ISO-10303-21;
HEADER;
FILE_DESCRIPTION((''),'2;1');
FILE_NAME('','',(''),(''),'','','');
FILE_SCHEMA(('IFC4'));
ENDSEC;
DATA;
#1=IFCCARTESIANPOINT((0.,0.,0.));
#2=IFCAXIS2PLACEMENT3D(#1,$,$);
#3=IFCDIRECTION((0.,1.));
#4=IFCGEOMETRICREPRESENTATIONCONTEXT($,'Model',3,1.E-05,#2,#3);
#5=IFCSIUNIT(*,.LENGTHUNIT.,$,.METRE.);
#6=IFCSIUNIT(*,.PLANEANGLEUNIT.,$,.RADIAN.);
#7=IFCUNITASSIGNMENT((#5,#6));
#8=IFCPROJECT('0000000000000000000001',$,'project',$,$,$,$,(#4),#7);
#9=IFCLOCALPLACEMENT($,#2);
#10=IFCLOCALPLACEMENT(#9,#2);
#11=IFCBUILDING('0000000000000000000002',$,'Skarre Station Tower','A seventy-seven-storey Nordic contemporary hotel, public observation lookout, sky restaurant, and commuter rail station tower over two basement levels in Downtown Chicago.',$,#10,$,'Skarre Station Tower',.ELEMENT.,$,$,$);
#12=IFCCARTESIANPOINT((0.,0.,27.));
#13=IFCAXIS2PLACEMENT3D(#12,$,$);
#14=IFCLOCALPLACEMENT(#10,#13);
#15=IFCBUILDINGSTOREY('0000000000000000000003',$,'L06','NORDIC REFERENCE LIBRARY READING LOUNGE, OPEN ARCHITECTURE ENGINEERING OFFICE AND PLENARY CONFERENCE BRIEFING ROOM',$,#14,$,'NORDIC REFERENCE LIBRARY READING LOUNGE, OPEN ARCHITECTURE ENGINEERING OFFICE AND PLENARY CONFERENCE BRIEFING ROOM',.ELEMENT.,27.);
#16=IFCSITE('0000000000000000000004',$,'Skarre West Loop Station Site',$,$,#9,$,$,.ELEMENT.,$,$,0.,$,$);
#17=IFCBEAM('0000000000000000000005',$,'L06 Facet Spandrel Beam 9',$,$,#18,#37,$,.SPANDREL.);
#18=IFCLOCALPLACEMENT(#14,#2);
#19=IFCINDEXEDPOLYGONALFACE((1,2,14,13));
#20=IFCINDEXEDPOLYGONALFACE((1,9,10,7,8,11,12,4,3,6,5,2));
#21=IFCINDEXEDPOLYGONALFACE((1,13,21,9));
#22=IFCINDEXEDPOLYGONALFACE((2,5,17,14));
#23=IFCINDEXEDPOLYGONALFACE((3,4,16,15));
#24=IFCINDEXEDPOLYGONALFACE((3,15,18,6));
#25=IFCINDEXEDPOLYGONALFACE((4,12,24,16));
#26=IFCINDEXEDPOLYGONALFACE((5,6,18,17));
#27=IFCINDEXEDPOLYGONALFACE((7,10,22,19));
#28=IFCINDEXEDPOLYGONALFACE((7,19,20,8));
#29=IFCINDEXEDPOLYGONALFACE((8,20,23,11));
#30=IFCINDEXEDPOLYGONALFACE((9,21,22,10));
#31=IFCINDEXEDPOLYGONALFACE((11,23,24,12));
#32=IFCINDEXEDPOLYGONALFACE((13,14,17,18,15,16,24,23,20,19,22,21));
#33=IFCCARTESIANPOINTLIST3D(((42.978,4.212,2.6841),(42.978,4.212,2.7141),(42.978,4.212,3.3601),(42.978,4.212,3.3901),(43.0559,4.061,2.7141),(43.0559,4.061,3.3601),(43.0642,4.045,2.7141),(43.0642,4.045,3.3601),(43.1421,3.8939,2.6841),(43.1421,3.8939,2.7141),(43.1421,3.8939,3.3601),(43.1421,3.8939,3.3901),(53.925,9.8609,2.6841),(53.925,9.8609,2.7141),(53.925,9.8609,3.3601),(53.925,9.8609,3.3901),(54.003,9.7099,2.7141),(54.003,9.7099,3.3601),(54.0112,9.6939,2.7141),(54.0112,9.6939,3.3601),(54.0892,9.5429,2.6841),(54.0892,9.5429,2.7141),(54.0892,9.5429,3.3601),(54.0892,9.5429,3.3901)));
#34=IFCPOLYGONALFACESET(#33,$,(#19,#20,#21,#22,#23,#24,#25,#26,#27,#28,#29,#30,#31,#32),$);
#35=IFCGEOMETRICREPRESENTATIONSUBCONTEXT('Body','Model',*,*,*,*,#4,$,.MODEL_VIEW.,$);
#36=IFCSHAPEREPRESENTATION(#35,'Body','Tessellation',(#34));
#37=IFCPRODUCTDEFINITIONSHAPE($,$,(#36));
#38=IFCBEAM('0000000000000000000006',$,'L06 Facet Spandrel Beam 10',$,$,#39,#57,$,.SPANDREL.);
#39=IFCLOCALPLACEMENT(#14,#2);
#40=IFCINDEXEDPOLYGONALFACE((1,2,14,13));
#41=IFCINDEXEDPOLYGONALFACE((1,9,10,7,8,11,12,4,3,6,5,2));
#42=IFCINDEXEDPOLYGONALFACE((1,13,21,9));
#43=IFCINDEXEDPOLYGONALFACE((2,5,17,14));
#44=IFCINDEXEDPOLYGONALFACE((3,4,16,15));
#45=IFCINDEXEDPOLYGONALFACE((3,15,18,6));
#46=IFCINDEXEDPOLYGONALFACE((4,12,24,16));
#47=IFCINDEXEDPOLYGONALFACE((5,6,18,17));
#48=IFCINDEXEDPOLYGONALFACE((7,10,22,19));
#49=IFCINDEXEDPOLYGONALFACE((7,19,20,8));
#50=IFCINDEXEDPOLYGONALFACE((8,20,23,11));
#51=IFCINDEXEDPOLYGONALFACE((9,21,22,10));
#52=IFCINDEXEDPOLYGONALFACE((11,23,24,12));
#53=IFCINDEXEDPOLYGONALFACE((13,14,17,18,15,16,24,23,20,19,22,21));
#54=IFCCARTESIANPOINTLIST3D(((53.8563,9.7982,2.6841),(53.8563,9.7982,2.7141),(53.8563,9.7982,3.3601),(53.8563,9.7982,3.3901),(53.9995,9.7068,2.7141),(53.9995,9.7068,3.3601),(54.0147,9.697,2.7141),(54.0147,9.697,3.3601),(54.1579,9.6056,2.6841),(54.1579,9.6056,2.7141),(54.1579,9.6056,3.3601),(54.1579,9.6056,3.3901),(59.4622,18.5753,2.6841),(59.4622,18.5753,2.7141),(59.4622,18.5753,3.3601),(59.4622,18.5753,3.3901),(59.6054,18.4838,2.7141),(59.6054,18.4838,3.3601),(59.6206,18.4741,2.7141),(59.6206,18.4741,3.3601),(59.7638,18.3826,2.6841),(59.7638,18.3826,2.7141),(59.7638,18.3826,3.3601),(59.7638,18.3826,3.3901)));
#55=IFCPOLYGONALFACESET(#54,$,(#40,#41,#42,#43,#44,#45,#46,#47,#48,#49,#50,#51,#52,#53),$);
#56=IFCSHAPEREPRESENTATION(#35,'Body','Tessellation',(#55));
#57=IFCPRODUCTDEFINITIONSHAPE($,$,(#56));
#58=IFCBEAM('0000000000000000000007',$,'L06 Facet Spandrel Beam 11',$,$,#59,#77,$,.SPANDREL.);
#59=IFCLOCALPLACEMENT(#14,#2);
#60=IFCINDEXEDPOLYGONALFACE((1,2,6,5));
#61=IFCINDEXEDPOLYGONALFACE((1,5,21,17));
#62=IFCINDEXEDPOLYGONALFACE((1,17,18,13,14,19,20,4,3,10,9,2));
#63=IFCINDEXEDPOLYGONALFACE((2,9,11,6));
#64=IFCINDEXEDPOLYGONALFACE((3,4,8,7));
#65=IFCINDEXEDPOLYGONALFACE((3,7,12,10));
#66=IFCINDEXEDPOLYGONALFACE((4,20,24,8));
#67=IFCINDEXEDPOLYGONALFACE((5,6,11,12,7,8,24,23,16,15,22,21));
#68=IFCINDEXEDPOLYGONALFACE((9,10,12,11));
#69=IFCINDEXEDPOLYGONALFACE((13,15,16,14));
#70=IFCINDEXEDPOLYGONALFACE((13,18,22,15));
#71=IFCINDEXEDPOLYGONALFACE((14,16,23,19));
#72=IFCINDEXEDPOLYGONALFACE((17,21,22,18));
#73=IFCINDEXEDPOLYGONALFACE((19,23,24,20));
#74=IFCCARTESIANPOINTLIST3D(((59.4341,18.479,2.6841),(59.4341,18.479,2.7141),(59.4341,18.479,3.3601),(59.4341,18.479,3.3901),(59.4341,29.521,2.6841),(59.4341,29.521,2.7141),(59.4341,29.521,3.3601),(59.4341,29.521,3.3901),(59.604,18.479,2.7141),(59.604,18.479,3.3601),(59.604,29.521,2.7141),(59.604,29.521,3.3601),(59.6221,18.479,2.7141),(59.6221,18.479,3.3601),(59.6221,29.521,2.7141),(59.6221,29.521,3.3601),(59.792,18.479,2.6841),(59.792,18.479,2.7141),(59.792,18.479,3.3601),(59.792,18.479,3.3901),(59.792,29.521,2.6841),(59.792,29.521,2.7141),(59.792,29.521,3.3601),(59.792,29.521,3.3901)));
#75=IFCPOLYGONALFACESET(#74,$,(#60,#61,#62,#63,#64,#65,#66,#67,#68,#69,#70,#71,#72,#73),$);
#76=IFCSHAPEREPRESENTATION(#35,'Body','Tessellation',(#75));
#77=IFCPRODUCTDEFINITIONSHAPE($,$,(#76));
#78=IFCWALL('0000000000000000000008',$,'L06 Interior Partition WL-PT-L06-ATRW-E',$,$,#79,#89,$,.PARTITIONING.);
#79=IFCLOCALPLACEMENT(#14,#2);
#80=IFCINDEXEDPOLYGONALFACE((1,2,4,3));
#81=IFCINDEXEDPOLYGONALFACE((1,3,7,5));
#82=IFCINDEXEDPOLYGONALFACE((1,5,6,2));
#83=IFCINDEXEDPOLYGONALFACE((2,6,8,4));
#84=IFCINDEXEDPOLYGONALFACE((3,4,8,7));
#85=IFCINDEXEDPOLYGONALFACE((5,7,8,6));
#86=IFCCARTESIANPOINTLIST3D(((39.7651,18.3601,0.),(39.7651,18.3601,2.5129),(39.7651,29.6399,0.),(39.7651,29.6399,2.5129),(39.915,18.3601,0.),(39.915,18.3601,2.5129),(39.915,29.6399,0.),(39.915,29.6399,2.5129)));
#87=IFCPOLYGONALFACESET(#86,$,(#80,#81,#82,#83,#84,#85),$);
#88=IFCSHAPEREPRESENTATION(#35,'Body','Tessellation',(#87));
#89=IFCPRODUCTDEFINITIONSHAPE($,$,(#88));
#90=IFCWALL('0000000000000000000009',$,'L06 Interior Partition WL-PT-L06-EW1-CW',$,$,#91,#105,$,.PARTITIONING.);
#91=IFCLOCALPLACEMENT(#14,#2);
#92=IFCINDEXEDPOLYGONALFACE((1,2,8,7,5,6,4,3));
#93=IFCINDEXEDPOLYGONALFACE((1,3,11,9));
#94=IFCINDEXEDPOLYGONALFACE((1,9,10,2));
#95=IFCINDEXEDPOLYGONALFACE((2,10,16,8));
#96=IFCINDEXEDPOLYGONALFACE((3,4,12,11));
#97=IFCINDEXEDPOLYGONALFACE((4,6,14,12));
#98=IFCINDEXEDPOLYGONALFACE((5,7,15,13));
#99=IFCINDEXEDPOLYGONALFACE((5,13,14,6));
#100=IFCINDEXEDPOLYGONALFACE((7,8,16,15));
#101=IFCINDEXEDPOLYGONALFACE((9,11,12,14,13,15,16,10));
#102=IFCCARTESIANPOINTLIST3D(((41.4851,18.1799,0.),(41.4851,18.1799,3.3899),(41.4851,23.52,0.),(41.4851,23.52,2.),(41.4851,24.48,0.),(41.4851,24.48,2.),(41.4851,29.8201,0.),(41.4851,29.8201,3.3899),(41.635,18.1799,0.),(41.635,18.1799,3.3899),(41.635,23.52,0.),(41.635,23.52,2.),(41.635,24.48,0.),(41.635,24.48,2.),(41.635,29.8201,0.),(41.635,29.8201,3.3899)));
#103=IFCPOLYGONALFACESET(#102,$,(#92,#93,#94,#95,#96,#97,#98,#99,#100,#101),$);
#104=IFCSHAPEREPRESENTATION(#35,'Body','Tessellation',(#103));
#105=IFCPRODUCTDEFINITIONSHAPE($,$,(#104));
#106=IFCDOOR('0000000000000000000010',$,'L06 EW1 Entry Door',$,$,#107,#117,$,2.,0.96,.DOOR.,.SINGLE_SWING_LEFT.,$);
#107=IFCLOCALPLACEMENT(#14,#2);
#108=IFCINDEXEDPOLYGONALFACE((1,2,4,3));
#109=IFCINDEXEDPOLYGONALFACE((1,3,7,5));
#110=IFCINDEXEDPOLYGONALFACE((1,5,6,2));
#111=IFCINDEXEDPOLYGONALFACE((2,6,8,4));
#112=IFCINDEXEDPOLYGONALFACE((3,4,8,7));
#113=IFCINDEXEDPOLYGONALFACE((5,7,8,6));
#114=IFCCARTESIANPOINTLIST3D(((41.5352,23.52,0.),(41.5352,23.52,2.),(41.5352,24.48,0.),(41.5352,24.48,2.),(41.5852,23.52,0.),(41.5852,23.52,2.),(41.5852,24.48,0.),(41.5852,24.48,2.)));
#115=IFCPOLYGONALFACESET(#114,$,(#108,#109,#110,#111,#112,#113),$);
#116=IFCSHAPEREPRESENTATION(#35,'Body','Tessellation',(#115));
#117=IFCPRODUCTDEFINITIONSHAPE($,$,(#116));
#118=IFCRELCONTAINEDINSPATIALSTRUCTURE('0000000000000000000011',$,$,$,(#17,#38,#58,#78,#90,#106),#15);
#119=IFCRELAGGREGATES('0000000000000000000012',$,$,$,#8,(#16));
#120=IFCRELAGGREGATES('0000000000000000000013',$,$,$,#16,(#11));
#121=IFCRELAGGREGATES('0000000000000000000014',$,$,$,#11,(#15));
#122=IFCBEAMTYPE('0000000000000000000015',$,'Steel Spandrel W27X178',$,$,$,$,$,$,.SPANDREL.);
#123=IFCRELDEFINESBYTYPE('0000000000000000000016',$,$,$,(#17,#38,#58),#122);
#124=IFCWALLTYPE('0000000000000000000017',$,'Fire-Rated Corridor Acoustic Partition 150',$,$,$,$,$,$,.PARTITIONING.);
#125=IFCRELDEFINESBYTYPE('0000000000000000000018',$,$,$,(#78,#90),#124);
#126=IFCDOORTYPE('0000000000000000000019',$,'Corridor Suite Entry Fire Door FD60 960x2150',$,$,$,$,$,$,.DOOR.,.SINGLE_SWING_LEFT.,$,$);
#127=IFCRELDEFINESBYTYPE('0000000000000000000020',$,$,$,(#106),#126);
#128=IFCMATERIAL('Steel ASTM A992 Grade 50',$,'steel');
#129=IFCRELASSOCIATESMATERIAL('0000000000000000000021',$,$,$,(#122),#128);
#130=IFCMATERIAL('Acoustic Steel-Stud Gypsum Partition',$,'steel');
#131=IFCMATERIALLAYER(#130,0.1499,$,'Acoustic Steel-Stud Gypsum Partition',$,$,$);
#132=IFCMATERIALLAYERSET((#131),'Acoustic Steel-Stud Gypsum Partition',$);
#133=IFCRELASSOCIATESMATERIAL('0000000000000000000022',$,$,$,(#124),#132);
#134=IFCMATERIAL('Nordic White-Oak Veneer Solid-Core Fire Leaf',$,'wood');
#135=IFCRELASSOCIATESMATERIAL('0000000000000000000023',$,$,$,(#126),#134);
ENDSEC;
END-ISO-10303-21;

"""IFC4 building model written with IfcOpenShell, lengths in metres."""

from ifc_helpers import new_model, si_unit, direction, frame, frame_2d, origin, origin_2d, place, context, subcontext, project, spatial, rectangle, i_section, extrude, material, layer, layer_set, material_profile, profile_set, type_object, element, fill, save


model = new_model("IFC4")

# Units and contexts
model_context = context("Model", 3, precision=1e-05, world=origin(), true_north=direction((0.0, 1.0)))
body_context = subcontext(model_context, "Body", "Model", "MODEL_VIEW")
ifc_project = project(units=[si_unit("LENGTHUNIT", "METRE"), si_unit("PLANEANGLEUNIT", "RADIAN")], contexts=[model_context])

# Site, building, storey
site_placement = place(None, origin())
site = spatial("IfcSite", under=ifc_project, at=site_placement, Name="Skarre West Loop Station Site", CompositionType="ELEMENT", RefElevation=0.0)
building_placement = place(site_placement, origin())
building = spatial("IfcBuilding", under=site, at=building_placement, Name="Skarre Station Tower", Description="A seventy-seven-storey Nordic contemporary hotel, public observation lookout, sky restaurant, and commuter rail station tower over two basement levels in Downtown Chicago.", LongName="Skarre Station Tower", CompositionType="ELEMENT")
storey_placement = place(building_placement, frame((0.0, 0.0, 27.0)))
storey = spatial("IfcBuildingStorey", under=building, at=storey_placement, Name="L06", Description="NORDIC REFERENCE LIBRARY READING LOUNGE, OPEN ARCHITECTURE ENGINEERING OFFICE AND PLENARY CONFERENCE BRIEFING ROOM", LongName="NORDIC REFERENCE LIBRARY READING LOUNGE, OPEN ARCHITECTURE ENGINEERING OFFICE AND PLENARY CONFERENCE BRIEFING ROOM", CompositionType="ELEMENT", Elevation=27.0)

# Beams
ifc_material_1 = material(Name="Steel ASTM A992 Grade 50", Category="steel")
ifc_material_profile_1 = material_profile(ifc_material_1, i_section(OverallWidth=0.3579, OverallDepth=0.7061, WebThickness=0.0181, FlangeThickness=0.03, at=origin_2d()), Name="Steel ASTM A992 Grade 50")
ifc_profile_set_1 = profile_set([ifc_material_profile_1], Name="Steel ASTM A992 Grade 50")
beam_type_1 = type_object("IfcBeamType", Name="Steel Spandrel W27X178", PredefinedType="SPANDREL", material=ifc_profile_set_1)
beam_1_placement = place(storey_placement, frame((43.0601, 4.053, 3.0371), z_axis=(0.888659, 0.458569, 0.0), x_axis=(-0.458569, 0.888659, 0.0)))
element("IfcBeam", 1, at=beam_1_placement, inside=storey, type_object=beam_type_1, Name="L06 Facet Spandrel Beam 9", PredefinedType="SPANDREL", context=body_context, shape_type="SweptSolid", body=[
    extrude(i_section(OverallWidth=0.3579, OverallDepth=0.7061, WebThickness=0.0181, FlangeThickness=0.03, at=origin_2d()), origin(), (0.0, 0.0, 1.0), 12.3186),
])
beam_2_placement = place(storey_placement, frame((54.0071, 9.7019, 3.0371), z_axis=(0.538278, 0.842767, 0.0), x_axis=(-0.842767, 0.538278, 0.0)))
element("IfcBeam", 2, at=beam_2_placement, inside=storey, type_object=beam_type_1, Name="L06 Facet Spandrel Beam 10", PredefinedType="SPANDREL", context=body_context, shape_type="SweptSolid", body=[
    extrude(i_section(OverallWidth=0.3579, OverallDepth=0.7061, WebThickness=0.0181, FlangeThickness=0.03, at=origin_2d()), origin(), (0.0, 0.0, 1.0), 10.4146),
])
beam_3_placement = place(storey_placement, frame((59.613, 18.479, 3.0371), z_axis=(0.0, 1.0, 0.0), x_axis=(-1.0, 0.0, 0.0)))
element("IfcBeam", 3, at=beam_3_placement, inside=storey, type_object=beam_type_1, Name="L06 Facet Spandrel Beam 11", PredefinedType="SPANDREL", context=body_context, shape_type="SweptSolid", body=[
    extrude(i_section(OverallWidth=0.3579, OverallDepth=0.7061, WebThickness=0.0181, FlangeThickness=0.03, at=origin_2d()), origin(), (0.0, 0.0, 1.0), 11.042),
])

# Wall
ifc_material_2 = material(Name="Acoustic Steel-Stud Gypsum Partition", Category="steel")
ifc_layer_1 = layer(ifc_material_2, 0.1499, Name="Acoustic Steel-Stud Gypsum Partition")
ifc_layer_set_1 = layer_set([ifc_layer_1], Name="Acoustic Steel-Stud Gypsum Partition")
wall_type_1 = type_object("IfcWallType", Name="Fire-Rated Corridor Acoustic Partition 150", PredefinedType="PARTITIONING", material=ifc_layer_set_1)
wall_1_placement = place(storey_placement, frame((39.8401, 18.3601, 0.0), z_axis=(0.0, 0.0, 1.0), x_axis=(0.0, 1.0, 0.0)))
element("IfcWall", 4, at=wall_1_placement, inside=storey, type_object=wall_type_1, Name="L06 Interior Partition WL-PT-L06-ATRW-E", PredefinedType="PARTITIONING", context=body_context, shape_type="SweptSolid", body=[
    extrude(rectangle(XDim=11.2798, YDim=0.1499, at=frame_2d((5.6399, 0.0))), origin(), (0.0, 0.0, 1.0), 2.5129),
])

# Wall, opening, door
wall_2_placement = place(storey_placement, frame((41.5601, 18.1799, 0.0), z_axis=(0.0, 0.0, 1.0), x_axis=(0.0, 1.0, 0.0)))
wall_2 = element("IfcWall", 5, at=wall_2_placement, inside=storey, type_object=wall_type_1, Name="L06 Interior Partition WL-PT-L06-EW1-CW", PredefinedType="PARTITIONING", context=body_context, shape_type="SweptSolid", body=[
    extrude(rectangle(XDim=11.6401, YDim=0.1499, at=frame_2d((5.8201, 0.0))), origin(), (0.0, 0.0, 1.0), 3.3899),
])
opening_1_placement = place(wall_2_placement, frame((5.3401, 0.0, 0.0)))
opening_1 = element("IfcOpeningElement", 6, at=opening_1_placement, cuts=wall_2, PredefinedType="OPENING", context=body_context, shape_type="SweptSolid", body=[
    extrude(rectangle(XDim=0.96, YDim=2.0, at=frame_2d((0.48, 1.0))), frame((0.0, 0.085, 0.0), z_axis=(0.0, -1.0, 0.0), x_axis=(1.0, 0.0, 0.0)), (0.0, 0.0, 1.0), 0.1699),
])
ifc_material_3 = material(Name="Nordic White-Oak Veneer Solid-Core Fire Leaf", Category="wood")
door_type = type_object("IfcDoorType", Name="Corridor Suite Entry Fire Door FD60 960x2150", OperationType="SINGLE_SWING_LEFT", PredefinedType="DOOR", material=ifc_material_3)
door_placement = place(opening_1_placement, origin())
door = element("IfcDoor", 7, at=door_placement, inside=storey, type_object=door_type, Name="L06 EW1 Entry Door", OperationType="SINGLE_SWING_LEFT", OverallHeight=2.0, OverallWidth=0.96, PredefinedType="DOOR", context=body_context, shape_type="SweptSolid", body=[
    extrude(rectangle(XDim=0.96, YDim=2.0, at=frame_2d((0.48, 1.0))), frame((0.0, 0.0249, 0.0), z_axis=(0.0, -1.0, 0.0), x_axis=(1.0, 0.0, 0.0)), (0.0, 0.0, 1.0), 0.05),
])
fill(opening_1, door)

save(model, "model.ifc")
